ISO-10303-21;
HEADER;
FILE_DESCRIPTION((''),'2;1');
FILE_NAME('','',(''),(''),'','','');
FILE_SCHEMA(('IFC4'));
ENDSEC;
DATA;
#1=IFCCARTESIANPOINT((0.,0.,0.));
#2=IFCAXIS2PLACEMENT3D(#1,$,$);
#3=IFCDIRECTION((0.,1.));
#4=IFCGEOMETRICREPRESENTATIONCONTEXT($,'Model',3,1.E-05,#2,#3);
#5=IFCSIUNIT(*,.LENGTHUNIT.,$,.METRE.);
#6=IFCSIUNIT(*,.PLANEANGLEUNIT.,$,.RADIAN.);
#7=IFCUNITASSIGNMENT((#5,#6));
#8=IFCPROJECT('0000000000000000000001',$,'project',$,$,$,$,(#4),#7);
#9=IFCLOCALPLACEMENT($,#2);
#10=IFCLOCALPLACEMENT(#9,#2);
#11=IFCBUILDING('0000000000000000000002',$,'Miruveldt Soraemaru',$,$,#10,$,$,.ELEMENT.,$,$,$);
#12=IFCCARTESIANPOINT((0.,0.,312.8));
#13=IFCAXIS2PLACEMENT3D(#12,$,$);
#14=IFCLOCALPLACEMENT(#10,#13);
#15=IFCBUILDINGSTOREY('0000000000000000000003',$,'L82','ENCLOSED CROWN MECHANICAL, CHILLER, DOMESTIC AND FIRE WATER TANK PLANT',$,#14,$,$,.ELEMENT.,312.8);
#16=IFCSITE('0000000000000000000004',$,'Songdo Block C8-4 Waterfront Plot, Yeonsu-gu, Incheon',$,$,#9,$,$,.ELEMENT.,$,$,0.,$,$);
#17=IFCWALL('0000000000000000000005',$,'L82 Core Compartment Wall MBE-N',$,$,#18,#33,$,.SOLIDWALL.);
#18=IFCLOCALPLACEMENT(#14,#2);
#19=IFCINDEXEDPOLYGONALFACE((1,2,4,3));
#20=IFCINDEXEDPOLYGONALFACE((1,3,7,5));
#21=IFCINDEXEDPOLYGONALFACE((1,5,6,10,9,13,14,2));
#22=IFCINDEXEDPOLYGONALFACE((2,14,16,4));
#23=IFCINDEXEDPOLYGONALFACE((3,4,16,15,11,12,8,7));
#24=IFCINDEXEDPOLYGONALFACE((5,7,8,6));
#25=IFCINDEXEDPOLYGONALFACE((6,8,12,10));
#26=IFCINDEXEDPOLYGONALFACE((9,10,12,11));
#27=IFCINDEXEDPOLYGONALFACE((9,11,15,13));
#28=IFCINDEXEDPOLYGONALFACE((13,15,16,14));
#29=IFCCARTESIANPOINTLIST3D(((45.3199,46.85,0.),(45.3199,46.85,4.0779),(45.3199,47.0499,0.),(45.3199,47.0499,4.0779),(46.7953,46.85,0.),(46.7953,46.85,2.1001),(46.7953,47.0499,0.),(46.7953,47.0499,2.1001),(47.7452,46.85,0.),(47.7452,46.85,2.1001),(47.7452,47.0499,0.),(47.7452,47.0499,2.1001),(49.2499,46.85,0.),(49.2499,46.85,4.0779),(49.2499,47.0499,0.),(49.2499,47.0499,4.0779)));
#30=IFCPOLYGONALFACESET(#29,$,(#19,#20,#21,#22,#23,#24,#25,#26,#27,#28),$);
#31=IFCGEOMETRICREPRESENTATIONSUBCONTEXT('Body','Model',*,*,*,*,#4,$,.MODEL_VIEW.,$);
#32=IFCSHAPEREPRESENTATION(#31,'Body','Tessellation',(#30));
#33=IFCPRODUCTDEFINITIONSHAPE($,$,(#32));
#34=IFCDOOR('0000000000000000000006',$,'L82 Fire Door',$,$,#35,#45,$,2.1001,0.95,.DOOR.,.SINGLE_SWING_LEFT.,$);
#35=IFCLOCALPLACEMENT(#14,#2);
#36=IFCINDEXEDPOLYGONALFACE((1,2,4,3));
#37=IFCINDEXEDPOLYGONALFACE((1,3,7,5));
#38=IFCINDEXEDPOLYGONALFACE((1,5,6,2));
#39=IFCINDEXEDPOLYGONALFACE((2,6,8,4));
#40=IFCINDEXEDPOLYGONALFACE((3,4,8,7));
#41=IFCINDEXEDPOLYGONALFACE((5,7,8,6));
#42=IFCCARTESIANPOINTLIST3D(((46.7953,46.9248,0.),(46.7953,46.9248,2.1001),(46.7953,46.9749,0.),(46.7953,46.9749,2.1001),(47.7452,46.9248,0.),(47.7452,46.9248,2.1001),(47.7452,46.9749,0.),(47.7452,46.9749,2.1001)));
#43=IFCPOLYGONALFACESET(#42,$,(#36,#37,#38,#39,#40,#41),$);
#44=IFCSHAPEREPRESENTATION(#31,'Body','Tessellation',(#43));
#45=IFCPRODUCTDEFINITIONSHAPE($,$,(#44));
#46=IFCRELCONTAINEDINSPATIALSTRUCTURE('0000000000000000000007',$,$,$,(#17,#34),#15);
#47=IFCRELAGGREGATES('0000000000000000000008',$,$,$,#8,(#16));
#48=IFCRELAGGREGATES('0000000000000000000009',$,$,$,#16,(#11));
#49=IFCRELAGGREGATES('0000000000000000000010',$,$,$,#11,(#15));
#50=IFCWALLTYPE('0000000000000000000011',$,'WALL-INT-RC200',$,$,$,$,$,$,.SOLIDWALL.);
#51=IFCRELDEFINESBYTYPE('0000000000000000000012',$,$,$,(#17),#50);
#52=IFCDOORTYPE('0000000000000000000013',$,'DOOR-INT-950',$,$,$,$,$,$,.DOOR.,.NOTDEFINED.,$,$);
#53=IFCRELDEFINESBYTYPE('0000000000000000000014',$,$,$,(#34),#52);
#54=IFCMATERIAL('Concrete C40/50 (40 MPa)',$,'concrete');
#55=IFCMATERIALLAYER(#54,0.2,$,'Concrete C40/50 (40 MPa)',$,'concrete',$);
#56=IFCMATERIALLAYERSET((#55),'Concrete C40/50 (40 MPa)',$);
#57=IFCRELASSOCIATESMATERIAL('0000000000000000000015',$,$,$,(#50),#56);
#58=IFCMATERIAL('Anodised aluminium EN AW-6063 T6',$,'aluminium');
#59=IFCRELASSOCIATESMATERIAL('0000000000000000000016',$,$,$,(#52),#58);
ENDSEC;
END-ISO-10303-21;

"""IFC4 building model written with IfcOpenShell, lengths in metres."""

from ifc_helpers import new_model, si_unit, direction, frame, frame_2d, origin, place, context, subcontext, project, spatial, rectangle, extrude, material, layer, layer_set, type_object, element, fill, save


model = new_model("IFC4")

# Units and contexts
model_context = context("Model", 3, precision=1e-05, world=origin(), true_north=direction((0.0, 1.0)))
body_context = subcontext(model_context, "Body", "Model", "MODEL_VIEW")
ifc_project = project(units=[si_unit("LENGTHUNIT", "METRE"), si_unit("PLANEANGLEUNIT", "RADIAN")], contexts=[model_context])

# Site, building, storey
site_placement = place(None, origin())
site = spatial("IfcSite", under=ifc_project, at=site_placement, Name="Songdo Block C8-4 Waterfront Plot, Yeonsu-gu, Incheon", CompositionType="ELEMENT", RefElevation=0.0)
building_placement = place(site_placement, origin())
building = spatial("IfcBuilding", under=site, at=building_placement, Name="Miruveldt Soraemaru", CompositionType="ELEMENT")
storey_placement = place(building_placement, frame((0.0, 0.0, 312.8)))
storey = spatial("IfcBuildingStorey", under=building, at=storey_placement, Name="L82", Description="ENCLOSED CROWN MECHANICAL, CHILLER, DOMESTIC AND FIRE WATER TANK PLANT", CompositionType="ELEMENT", Elevation=312.8)

# Shared definitions
ifc_material_1 = material(Name="Anodised aluminium EN AW-6063 T6", Category="aluminium")

# Shared definitions
ifc_material_2 = material(Name="Concrete C40/50 (40 MPa)", Category="concrete")

# Wall, opening, door
ifc_layer_1 = layer(ifc_material_2, 0.2, Name="Concrete C40/50 (40 MPa)", Category="concrete")
ifc_layer_set_1 = layer_set([ifc_layer_1], Name="Concrete C40/50 (40 MPa)")
wall_type_1 = type_object("IfcWallType", Name="WALL-INT-RC200", PredefinedType="SOLIDWALL", material=ifc_layer_set_1)
wall_1_placement = place(storey_placement, frame((45.3201, 46.95, 0.0), z_axis=(0.0, 0.0, 1.0), x_axis=(1.0, 0.0, 0.0)))
wall_1 = element("IfcWall", 1, at=wall_1_placement, inside=storey, type_object=wall_type_1, Name="L82 Core Compartment Wall MBE-N", PredefinedType="SOLIDWALL", context=body_context, shape_type="SweptSolid", body=[
    extrude(rectangle(XDim=3.9299, YDim=0.2, at=frame_2d((1.9648, 0.0))), origin(), (0.0, 0.0, 1.0), 4.0779),
])
opening_1_placement = place(wall_1_placement, frame((1.4751, 0.0, 0.0)))
opening_1 = element("IfcOpeningElement", 2, at=opening_1_placement, cuts=wall_1, PredefinedType="OPENING", context=body_context, shape_type="SweptSolid", body=[
    extrude(rectangle(XDim=0.95, YDim=2.1001, at=frame_2d((0.4751, 1.05))), frame((0.0, 0.1099, 0.0), z_axis=(0.0, -1.0, 0.0), x_axis=(1.0, 0.0, 0.0)), (0.0, 0.0, 1.0), 0.22),
])
door_type_1 = type_object("IfcDoorType", Name="DOOR-INT-950", OperationType="NOTDEFINED", PredefinedType="DOOR", material=ifc_material_1)
door_1_placement = place(opening_1_placement, origin())
door_1 = element("IfcDoor", 3, at=door_1_placement, inside=storey, type_object=door_type_1, Name="L82 Fire Door", OperationType="SINGLE_SWING_LEFT", OverallHeight=2.1001, OverallWidth=0.95, PredefinedType="DOOR", context=body_context, shape_type="SweptSolid", body=[
    extrude(rectangle(XDim=0.95, YDim=2.1001, at=frame_2d((0.4751, 1.05))), frame((0.0, 0.0249, 0.0), z_axis=(0.0, -1.0, 0.0), x_axis=(1.0, 0.0, 0.0)), (0.0, 0.0, 1.0), 0.05),
])
fill(opening_1, door_1)

save(model, "model.ifc")
